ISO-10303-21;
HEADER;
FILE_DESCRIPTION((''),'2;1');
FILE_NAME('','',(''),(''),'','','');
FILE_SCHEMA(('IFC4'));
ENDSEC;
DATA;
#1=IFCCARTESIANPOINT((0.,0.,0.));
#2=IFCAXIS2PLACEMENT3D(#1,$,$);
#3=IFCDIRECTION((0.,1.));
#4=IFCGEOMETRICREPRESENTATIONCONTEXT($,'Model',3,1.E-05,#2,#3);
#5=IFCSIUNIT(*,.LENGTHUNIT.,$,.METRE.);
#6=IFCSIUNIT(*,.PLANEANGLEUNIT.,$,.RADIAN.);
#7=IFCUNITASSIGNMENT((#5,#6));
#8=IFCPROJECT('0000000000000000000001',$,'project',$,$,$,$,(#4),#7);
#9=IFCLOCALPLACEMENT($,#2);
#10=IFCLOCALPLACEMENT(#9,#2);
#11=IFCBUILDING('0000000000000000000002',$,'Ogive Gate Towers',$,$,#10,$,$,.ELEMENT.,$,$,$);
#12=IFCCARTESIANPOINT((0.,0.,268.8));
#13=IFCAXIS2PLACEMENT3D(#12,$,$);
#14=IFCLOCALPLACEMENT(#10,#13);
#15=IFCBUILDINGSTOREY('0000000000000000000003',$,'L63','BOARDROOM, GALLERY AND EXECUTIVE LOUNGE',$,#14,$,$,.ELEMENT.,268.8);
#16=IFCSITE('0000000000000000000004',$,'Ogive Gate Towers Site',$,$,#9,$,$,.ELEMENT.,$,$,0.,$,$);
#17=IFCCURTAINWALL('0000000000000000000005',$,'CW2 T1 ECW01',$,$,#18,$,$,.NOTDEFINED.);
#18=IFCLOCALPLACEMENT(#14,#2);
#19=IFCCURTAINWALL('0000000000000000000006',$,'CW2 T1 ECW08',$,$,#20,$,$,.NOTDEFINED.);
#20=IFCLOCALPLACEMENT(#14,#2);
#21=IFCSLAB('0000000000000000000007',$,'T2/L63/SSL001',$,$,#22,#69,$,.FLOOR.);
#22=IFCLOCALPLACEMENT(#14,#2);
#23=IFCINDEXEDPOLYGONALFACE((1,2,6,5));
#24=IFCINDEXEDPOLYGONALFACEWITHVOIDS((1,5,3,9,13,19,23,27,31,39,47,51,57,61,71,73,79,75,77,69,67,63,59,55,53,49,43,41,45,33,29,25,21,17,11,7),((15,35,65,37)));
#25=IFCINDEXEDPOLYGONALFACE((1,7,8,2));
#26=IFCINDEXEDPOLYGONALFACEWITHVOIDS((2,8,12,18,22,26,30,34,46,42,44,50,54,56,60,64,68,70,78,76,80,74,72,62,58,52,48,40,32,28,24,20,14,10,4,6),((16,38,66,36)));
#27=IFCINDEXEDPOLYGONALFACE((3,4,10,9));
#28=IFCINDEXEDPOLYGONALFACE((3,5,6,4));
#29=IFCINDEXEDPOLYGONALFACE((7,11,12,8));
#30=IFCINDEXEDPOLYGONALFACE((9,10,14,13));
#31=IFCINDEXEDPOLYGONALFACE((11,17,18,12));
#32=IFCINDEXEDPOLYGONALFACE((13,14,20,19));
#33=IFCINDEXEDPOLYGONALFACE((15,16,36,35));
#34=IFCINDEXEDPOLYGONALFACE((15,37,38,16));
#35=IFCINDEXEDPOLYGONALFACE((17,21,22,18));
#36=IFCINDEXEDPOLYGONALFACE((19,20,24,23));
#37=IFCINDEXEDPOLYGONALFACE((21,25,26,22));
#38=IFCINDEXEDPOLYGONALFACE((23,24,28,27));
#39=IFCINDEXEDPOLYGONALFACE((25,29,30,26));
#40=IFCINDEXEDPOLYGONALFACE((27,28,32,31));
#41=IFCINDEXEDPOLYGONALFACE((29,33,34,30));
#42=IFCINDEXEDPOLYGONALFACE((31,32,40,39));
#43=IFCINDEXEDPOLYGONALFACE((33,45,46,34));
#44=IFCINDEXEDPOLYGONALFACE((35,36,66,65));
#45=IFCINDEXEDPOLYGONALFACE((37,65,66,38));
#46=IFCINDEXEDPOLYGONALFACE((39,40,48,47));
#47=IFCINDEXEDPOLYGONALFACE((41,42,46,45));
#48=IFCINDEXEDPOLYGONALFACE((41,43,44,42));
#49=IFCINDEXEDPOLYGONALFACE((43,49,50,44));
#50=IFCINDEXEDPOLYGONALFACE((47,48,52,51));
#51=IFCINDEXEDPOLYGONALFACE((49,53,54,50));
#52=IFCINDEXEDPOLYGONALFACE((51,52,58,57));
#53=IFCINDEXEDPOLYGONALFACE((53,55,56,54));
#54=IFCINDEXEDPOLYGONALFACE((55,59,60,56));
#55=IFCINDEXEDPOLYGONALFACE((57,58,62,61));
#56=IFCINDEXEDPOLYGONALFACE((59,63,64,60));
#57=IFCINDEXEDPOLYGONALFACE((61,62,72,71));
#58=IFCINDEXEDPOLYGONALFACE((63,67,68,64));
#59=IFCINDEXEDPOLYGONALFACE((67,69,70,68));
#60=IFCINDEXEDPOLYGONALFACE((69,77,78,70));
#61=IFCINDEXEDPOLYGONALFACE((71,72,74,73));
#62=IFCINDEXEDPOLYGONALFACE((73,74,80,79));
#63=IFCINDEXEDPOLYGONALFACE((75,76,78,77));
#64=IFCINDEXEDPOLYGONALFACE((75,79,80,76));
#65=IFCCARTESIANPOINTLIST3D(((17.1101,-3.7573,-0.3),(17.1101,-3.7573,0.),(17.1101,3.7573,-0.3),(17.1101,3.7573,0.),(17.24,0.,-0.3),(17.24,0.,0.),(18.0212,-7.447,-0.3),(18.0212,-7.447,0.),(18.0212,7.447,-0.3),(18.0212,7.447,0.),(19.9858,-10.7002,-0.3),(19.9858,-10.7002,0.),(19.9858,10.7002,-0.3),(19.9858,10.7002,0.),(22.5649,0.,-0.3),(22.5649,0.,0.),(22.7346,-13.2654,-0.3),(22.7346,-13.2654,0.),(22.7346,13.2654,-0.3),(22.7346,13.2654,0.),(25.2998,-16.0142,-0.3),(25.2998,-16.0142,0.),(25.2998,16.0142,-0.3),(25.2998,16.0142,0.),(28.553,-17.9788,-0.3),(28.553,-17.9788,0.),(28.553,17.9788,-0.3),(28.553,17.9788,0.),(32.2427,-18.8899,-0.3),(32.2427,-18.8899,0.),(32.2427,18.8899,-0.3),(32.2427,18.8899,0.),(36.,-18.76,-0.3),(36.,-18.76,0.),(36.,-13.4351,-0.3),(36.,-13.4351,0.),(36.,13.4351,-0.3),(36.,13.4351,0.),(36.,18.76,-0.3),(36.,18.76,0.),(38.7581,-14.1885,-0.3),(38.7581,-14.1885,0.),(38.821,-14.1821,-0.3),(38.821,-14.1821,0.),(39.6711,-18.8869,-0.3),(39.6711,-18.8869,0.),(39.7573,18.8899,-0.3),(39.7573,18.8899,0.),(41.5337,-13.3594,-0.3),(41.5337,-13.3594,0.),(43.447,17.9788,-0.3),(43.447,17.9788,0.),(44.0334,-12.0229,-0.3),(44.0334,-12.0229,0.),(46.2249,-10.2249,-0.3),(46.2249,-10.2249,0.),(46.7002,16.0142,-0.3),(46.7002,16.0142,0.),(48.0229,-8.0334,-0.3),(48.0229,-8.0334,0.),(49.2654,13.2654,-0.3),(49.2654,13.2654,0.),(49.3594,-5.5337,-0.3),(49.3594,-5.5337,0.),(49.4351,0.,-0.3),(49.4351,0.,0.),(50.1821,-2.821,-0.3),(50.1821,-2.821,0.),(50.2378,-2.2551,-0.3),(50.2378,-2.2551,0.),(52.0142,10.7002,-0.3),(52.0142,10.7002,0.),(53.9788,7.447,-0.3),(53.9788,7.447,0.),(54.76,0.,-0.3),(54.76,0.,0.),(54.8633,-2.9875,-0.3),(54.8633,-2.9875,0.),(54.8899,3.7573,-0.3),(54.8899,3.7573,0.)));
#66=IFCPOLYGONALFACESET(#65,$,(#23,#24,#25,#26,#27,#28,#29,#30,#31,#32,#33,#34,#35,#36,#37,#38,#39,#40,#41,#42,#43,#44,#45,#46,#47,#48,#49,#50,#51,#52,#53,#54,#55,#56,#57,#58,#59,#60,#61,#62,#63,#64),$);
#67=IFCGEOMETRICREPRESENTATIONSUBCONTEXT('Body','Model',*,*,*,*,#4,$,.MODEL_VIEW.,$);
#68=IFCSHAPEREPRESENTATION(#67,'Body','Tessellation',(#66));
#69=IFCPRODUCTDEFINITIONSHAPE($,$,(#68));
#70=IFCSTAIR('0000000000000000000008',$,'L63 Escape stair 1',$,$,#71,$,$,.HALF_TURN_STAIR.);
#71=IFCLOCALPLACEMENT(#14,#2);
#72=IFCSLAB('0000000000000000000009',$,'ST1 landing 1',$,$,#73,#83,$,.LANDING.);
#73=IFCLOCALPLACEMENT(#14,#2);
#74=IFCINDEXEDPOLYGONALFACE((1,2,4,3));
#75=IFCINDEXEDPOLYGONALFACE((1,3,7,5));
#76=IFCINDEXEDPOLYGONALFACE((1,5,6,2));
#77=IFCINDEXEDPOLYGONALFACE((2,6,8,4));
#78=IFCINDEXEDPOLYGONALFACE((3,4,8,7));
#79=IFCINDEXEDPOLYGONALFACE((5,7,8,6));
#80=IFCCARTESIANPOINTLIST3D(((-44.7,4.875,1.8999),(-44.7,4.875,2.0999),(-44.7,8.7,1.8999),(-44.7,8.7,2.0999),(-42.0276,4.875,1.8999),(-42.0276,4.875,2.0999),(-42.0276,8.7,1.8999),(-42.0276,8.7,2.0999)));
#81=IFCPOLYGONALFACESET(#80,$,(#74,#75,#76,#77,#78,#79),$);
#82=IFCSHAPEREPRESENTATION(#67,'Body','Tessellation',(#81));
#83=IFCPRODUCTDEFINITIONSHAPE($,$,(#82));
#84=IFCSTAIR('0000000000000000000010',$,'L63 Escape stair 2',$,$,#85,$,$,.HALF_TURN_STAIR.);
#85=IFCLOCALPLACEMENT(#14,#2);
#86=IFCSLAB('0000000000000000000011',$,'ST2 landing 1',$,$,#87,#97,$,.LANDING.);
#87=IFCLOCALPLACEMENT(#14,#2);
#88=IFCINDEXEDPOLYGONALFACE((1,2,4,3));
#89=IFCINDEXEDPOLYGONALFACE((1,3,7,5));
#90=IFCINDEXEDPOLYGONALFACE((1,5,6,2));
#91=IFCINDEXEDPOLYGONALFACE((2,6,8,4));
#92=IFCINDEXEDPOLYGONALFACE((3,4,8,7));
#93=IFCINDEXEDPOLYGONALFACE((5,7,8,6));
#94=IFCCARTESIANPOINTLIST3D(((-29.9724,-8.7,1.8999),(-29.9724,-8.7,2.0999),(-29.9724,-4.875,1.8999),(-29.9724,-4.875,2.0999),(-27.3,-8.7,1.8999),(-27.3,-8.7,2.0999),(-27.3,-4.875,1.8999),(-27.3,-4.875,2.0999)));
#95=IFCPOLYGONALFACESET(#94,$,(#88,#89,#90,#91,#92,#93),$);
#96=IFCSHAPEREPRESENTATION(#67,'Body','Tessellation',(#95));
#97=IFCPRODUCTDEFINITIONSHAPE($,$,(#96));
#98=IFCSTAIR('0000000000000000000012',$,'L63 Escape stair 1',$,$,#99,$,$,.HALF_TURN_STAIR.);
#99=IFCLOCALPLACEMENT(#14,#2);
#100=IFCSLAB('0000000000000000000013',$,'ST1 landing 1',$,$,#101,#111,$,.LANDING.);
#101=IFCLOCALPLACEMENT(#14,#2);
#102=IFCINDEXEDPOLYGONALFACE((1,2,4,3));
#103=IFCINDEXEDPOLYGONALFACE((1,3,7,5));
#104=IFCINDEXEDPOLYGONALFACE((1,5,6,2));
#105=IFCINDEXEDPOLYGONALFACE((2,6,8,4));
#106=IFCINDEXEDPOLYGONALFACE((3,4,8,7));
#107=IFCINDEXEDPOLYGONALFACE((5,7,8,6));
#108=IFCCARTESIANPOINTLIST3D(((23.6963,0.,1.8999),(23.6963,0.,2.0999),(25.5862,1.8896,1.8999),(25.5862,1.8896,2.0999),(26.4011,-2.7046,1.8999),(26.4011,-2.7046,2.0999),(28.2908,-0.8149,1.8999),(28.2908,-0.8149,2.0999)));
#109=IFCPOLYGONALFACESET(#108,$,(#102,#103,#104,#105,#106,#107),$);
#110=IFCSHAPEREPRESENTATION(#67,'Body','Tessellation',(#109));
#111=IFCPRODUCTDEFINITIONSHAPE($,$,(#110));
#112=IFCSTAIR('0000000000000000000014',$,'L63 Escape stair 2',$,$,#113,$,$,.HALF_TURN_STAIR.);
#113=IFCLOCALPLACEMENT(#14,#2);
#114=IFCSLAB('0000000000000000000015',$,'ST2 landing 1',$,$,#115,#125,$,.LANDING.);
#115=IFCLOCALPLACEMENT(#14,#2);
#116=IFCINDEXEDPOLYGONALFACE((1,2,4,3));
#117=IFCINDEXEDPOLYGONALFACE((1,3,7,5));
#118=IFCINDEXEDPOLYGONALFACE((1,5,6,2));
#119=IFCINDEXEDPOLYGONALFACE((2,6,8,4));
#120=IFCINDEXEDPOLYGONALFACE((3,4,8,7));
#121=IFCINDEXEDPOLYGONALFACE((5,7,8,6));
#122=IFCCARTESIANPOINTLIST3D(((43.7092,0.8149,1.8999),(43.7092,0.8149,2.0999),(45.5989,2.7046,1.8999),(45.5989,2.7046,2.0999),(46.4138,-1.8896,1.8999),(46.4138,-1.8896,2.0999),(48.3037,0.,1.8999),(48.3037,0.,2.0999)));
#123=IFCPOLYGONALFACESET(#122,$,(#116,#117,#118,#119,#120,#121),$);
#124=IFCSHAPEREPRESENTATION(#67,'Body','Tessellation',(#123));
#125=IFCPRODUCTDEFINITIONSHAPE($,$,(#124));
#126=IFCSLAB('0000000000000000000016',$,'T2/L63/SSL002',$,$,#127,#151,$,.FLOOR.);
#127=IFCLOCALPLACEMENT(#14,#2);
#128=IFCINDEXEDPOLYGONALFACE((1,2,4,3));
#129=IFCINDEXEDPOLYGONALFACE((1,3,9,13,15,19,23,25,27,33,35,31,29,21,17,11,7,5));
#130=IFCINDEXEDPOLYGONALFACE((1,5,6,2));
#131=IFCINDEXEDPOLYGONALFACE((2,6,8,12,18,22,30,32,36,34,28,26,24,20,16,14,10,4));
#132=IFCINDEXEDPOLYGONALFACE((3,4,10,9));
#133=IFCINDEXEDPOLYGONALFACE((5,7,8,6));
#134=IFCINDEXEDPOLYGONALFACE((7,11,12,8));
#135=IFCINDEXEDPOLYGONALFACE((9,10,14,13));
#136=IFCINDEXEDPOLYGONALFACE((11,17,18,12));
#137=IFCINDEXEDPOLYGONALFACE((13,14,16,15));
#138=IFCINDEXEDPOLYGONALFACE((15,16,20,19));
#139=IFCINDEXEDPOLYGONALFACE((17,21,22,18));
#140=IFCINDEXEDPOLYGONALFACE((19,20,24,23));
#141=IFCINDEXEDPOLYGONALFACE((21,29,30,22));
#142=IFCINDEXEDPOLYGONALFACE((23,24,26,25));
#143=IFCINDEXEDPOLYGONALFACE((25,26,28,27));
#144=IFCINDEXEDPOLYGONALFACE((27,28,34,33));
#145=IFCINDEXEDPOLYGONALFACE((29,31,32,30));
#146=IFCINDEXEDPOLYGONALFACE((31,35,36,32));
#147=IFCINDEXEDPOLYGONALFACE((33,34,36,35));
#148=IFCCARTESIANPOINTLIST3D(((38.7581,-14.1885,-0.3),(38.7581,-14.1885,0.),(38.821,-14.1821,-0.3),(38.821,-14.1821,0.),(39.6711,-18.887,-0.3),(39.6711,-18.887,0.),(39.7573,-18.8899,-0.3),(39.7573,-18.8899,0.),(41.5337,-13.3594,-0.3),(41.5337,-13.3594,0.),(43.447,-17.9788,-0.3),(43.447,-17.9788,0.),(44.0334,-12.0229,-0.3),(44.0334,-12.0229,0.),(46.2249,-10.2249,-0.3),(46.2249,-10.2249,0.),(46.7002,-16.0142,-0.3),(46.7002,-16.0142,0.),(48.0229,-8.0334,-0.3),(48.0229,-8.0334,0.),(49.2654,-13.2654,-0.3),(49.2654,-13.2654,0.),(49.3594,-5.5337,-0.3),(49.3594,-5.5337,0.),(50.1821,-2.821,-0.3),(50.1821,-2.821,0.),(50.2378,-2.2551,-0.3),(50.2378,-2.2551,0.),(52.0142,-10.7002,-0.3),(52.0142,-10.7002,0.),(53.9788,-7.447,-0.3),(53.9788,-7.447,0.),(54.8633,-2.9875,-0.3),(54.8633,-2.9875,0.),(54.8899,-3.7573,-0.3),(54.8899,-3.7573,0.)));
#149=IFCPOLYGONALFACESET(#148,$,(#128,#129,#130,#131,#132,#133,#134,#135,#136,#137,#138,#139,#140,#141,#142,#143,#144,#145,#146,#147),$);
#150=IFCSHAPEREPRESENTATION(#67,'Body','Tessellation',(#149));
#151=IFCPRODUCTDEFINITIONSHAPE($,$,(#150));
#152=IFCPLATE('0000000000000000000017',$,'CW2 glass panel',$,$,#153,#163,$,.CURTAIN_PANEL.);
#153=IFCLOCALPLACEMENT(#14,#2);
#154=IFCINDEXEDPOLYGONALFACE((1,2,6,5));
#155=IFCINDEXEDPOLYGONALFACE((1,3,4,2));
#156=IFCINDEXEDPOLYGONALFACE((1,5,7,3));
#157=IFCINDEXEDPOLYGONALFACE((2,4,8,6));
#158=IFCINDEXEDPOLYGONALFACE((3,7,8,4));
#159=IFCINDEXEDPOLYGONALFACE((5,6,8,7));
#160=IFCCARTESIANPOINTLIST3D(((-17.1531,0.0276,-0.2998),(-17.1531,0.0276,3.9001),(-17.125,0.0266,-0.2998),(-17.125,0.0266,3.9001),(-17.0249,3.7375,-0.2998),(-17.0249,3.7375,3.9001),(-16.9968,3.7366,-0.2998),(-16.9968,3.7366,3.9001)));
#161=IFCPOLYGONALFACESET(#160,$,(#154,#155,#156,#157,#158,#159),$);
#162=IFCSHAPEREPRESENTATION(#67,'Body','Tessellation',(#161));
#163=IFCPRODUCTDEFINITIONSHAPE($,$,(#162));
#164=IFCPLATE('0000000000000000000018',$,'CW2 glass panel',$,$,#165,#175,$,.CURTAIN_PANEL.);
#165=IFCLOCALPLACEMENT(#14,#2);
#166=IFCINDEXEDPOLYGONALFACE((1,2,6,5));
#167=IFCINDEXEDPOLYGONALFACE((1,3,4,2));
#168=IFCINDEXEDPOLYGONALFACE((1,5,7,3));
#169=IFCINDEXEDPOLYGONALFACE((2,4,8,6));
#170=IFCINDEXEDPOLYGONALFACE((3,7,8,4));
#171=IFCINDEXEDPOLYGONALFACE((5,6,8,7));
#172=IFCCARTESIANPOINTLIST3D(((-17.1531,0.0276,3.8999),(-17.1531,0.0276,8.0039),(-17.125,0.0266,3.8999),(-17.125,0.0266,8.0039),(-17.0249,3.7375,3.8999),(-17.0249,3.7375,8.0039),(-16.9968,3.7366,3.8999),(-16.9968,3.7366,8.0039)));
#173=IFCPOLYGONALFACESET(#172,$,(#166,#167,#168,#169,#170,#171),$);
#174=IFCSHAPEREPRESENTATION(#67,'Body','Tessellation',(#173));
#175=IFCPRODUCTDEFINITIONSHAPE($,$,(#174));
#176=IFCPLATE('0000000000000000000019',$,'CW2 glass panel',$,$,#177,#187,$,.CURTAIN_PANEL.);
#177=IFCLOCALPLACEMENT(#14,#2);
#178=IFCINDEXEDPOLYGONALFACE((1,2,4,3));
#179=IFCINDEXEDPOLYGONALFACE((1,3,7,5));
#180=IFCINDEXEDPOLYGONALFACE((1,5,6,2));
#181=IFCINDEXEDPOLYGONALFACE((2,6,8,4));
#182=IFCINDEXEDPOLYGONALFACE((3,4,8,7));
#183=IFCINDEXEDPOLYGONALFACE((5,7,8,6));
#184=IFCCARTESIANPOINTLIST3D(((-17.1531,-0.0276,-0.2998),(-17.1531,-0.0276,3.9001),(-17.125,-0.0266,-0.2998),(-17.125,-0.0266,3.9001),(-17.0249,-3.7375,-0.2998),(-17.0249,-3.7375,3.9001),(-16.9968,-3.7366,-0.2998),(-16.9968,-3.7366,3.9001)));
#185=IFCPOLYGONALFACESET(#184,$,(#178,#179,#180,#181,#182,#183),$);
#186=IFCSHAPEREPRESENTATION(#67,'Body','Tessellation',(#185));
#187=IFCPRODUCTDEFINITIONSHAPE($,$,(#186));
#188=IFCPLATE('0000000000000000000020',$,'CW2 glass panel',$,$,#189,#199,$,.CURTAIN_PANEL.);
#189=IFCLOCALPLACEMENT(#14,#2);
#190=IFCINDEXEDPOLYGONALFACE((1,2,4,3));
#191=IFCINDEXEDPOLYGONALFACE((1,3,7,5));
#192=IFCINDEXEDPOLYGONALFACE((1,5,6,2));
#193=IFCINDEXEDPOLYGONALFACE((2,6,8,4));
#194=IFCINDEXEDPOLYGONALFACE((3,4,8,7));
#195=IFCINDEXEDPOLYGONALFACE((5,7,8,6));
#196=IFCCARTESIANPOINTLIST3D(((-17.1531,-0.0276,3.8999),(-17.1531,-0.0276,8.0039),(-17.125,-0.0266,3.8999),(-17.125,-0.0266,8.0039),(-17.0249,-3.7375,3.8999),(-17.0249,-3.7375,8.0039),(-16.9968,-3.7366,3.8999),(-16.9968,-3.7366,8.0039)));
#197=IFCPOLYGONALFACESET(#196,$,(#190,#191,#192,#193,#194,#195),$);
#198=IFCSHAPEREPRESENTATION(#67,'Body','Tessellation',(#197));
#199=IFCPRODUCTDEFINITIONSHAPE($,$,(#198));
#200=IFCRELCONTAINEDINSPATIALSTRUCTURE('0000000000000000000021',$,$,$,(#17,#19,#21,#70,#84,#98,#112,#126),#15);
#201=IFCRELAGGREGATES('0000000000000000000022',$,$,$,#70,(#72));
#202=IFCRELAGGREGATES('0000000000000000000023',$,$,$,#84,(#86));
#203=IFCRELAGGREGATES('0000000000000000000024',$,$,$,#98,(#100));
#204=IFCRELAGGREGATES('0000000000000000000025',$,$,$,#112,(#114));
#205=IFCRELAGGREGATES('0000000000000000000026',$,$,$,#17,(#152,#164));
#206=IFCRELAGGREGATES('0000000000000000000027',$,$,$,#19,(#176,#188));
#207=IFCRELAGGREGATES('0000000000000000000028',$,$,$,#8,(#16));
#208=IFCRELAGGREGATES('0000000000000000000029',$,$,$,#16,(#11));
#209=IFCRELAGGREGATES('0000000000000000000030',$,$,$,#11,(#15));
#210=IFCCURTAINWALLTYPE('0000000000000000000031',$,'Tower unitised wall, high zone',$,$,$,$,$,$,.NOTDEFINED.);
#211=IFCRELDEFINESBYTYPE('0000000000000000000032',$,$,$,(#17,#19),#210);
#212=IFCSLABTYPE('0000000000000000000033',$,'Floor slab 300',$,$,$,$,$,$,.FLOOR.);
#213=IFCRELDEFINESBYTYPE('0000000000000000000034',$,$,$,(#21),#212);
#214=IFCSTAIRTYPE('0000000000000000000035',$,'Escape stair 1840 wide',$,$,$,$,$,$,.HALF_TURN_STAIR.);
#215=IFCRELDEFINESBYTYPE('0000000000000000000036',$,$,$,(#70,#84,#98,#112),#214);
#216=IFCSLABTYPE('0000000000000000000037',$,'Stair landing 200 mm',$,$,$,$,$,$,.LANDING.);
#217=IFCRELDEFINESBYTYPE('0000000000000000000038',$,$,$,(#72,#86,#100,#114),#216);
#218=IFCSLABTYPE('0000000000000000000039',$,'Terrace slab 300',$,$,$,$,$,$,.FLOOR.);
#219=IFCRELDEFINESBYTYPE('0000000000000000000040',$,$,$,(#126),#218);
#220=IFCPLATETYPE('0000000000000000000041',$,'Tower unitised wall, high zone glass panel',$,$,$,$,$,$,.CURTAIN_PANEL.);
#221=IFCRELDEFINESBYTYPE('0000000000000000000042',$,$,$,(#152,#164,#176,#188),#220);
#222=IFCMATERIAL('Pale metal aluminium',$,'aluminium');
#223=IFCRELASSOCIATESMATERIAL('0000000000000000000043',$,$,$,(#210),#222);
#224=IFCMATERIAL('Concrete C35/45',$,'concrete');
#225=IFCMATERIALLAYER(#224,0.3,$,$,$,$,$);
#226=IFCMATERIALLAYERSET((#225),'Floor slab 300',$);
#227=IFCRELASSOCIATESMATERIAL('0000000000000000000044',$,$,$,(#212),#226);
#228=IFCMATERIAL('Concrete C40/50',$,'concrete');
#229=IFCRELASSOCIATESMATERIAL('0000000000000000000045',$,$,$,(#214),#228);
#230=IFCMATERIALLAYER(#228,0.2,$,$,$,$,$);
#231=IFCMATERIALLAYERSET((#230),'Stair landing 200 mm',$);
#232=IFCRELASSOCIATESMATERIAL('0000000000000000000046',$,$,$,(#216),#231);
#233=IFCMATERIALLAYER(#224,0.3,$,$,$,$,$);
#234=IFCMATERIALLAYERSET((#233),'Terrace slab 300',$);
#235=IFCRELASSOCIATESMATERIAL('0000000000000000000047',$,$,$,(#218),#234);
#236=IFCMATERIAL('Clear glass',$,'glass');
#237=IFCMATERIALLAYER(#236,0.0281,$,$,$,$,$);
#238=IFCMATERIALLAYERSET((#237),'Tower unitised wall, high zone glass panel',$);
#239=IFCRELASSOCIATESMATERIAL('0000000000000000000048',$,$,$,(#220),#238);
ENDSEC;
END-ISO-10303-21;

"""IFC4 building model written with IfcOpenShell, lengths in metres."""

from ifc_helpers import new_model, si_unit, direction, frame, origin, origin_2d, place, context, subcontext, project, spatial, polyline, rectangle, outline, extrude, material, layer, layer_set, type_object, element, aggregate, save


model = new_model("IFC4")

# Units and contexts
model_context = context("Model", 3, precision=1e-05, world=origin(), true_north=direction((0.0, 1.0)))
body_context = subcontext(model_context, "Body", "Model", "MODEL_VIEW")
ifc_project = project(units=[si_unit("LENGTHUNIT", "METRE"), si_unit("PLANEANGLEUNIT", "RADIAN")], contexts=[model_context])

# Site, building, storey
site_placement = place(None, origin())
site = spatial("IfcSite", under=ifc_project, at=site_placement, Name="Ogive Gate Towers Site", CompositionType="ELEMENT", RefElevation=0.0)
building_placement = place(site_placement, origin())
building = spatial("IfcBuilding", under=site, at=building_placement, Name="Ogive Gate Towers", CompositionType="ELEMENT")
storey_placement = place(building_placement, frame((0.0, 0.0, 268.8)))
storey = spatial("IfcBuildingStorey", under=building, at=storey_placement, Name="L63", Description="BOARDROOM, GALLERY AND EXECUTIVE LOUNGE", CompositionType="ELEMENT", Elevation=268.8)

# Curtain walls
ifc_material_1 = material(Name="Pale metal aluminium", Category="aluminium")
curtain_wall_type = type_object("IfcCurtainWallType", Name="Tower unitised wall, high zone", PredefinedType="NOTDEFINED", material=ifc_material_1)
curtain_wall_1_placement = place(storey_placement, origin())
curtain_wall_1 = element("IfcCurtainWall", 1, at=curtain_wall_1_placement, inside=storey, type_object=curtain_wall_type, Name="CW2 T1 ECW01", PredefinedType="NOTDEFINED")
curtain_wall_2_placement = place(storey_placement, origin())
curtain_wall_2 = element("IfcCurtainWall", 2, at=curtain_wall_2_placement, inside=storey, type_object=curtain_wall_type, Name="CW2 T1 ECW08", PredefinedType="NOTDEFINED")

# Slab
ifc_material_2 = material(Name="Concrete C40/50", Category="concrete")
ifc_material_3 = material(Name="Concrete C35/45", Category="concrete")
ifc_layer_1 = layer(ifc_material_3, 0.3)
ifc_layer_set_1 = layer_set([ifc_layer_1], Name="Floor slab 300")
slab_type_1 = type_object("IfcSlabType", Name="Floor slab 300", PredefinedType="FLOOR", material=ifc_layer_set_1)
slab_1_placement = place(storey_placement, frame((0.0, 0.0, -0.3)))
element("IfcSlab", 3, at=slab_1_placement, inside=storey, type_object=slab_type_1, Name="T2/L63/SSL001", PredefinedType="FLOOR", context=body_context, shape_type="SweptSolid", body=[
    extrude(outline(polyline([(32.2427, -18.8899), (36.0, -18.76), (39.7573, -18.8899), (39.6711, -18.887), (38.7581, -14.1885), (38.821, -14.1821), (41.5337, -13.3594), (44.0334, -12.0229), (46.2249, -10.2249), (48.0229, -8.0334), (49.3594, -5.5337), (50.1821, -2.821), (50.2378, -2.2551), (54.8633, -2.9875), (54.76, 0.0), (54.8899, 3.7573), (53.9788, 7.447), (52.0142, 10.7002), (49.2654, 13.2654), (46.7002, 16.0142), (43.447, 17.9788), (39.7573, 18.8899), (36.0, 18.76), (32.2427, 18.8899), (28.553, 17.9788), (25.2998, 16.0142), (22.7346, 13.2654), (19.9858, 10.7002), (18.0212, 7.447), (17.1101, 3.7573), (17.24, 0.0), (17.1101, -3.7573), (18.0212, -7.447), (19.9858, -10.7002), (22.7346, -13.2654), (25.2998, -16.0142), (28.553, -17.9788), (32.2427, -18.8899)]), holes=[polyline([(49.4351, 0.0), (36.0, -13.4351), (22.5649, 0.0), (36.0, 13.4351), (49.4351, 0.0)])]), origin(), (0.0, 0.0, 1.0), 0.3),
])

# Stairs, slabs
stair_type = type_object("IfcStairType", Name="Escape stair 1840 wide", PredefinedType="HALF_TURN_STAIR", material=ifc_material_2)
stair_1_placement = place(storey_placement, origin())
stair_1 = element("IfcStair", 4, at=stair_1_placement, inside=storey, type_object=stair_type, Name="L63 Escape stair 1", PredefinedType="HALF_TURN_STAIR")
ifc_layer_2 = layer(ifc_material_2, 0.2)
ifc_layer_set_2 = layer_set([ifc_layer_2], Name="Stair landing 200 mm")
slab_type_2 = type_object("IfcSlabType", Name="Stair landing 200 mm", PredefinedType="LANDING", material=ifc_layer_set_2)
slab_2_placement = place(storey_placement, frame((0.0, 0.0, 1.8999)))
slab_2 = element("IfcSlab", 5, at=slab_2_placement, type_object=slab_type_2, Name="ST1 landing 1", PredefinedType="LANDING", context=body_context, shape_type="SweptSolid", body=[
    extrude(outline(polyline([(-42.0276, 8.7), (-44.7, 8.7), (-44.7, 4.875), (-42.0276, 4.875), (-42.0276, 8.7)])), origin(), (0.0, 0.0, 1.0), 0.2),
])
aggregate(stair_1, [slab_2])
stair_2_placement = place(storey_placement, origin())
stair_2 = element("IfcStair", 6, at=stair_2_placement, inside=storey, type_object=stair_type, Name="L63 Escape stair 2", PredefinedType="HALF_TURN_STAIR")
slab_3_placement = place(storey_placement, frame((0.0, 0.0, 1.8999)))
slab_3 = element("IfcSlab", 7, at=slab_3_placement, type_object=slab_type_2, Name="ST2 landing 1", PredefinedType="LANDING", context=body_context, shape_type="SweptSolid", body=[
    extrude(outline(polyline([(-29.9724, -8.7), (-27.3, -8.7), (-27.3, -4.875), (-29.9724, -4.875), (-29.9724, -8.7)])), origin(), (0.0, 0.0, 1.0), 0.2),
])
aggregate(stair_2, [slab_3])
stair_3_placement = place(storey_placement, origin())
stair_3 = element("IfcStair", 8, at=stair_3_placement, inside=storey, type_object=stair_type, Name="L63 Escape stair 1", PredefinedType="HALF_TURN_STAIR")
slab_4_placement = place(storey_placement, frame((0.0, 0.0, 1.8999)))
slab_4 = element("IfcSlab", 9, at=slab_4_placement, type_object=slab_type_2, Name="ST1 landing 1", PredefinedType="LANDING", context=body_context, shape_type="SweptSolid", body=[
    extrude(outline(polyline([(25.5862, 1.8896), (23.6963, 0.0), (26.4011, -2.7046), (28.2908, -0.8149), (25.5862, 1.8896)])), origin(), (0.0, 0.0, 1.0), 0.2),
])
aggregate(stair_3, [slab_4])
stair_4_placement = place(storey_placement, origin())
stair_4 = element("IfcStair", 10, at=stair_4_placement, inside=storey, type_object=stair_type, Name="L63 Escape stair 2", PredefinedType="HALF_TURN_STAIR")
slab_5_placement = place(storey_placement, frame((0.0, 0.0, 1.8999)))
slab_5 = element("IfcSlab", 11, at=slab_5_placement, type_object=slab_type_2, Name="ST2 landing 1", PredefinedType="LANDING", context=body_context, shape_type="SweptSolid", body=[
    extrude(outline(polyline([(46.4138, -1.8896), (48.3037, 0.0), (45.5989, 2.7046), (43.7092, 0.8149), (46.4138, -1.8896)])), origin(), (0.0, 0.0, 1.0), 0.2),
])
aggregate(stair_4, [slab_5])

# Slab
ifc_layer_3 = layer(ifc_material_3, 0.3)
ifc_layer_set_3 = layer_set([ifc_layer_3], Name="Terrace slab 300")
slab_type_3 = type_object("IfcSlabType", Name="Terrace slab 300", PredefinedType="FLOOR", material=ifc_layer_set_3)
slab_6_placement = place(storey_placement, frame((0.0, 0.0, -0.3)))
element("IfcSlab", 12, at=slab_6_placement, inside=storey, type_object=slab_type_3, Name="T2/L63/SSL002", PredefinedType="FLOOR", context=body_context, shape_type="SweptSolid", body=[
    extrude(outline(polyline([(38.7581, -14.1885), (39.6711, -18.887), (39.7573, -18.8899), (43.447, -17.9788), (46.7002, -16.0142), (49.2654, -13.2654), (52.0142, -10.7002), (53.9788, -7.447), (54.8899, -3.7573), (54.8633, -2.9875), (50.2378, -2.2551), (50.1821, -2.821), (49.3594, -5.5337), (48.0229, -8.0334), (46.2249, -10.2249), (44.0334, -12.0229), (41.5337, -13.3594), (38.821, -14.1821), (38.7581, -14.1885)])), origin(), (0.0, 0.0, 1.0), 0.3),
])

# Plates
ifc_material_4 = material(Name="Clear glass", Category="glass")
ifc_layer_4 = layer(ifc_material_4, 0.0281)
ifc_layer_set_4 = layer_set([ifc_layer_4], Name="Tower unitised wall, high zone glass panel")
plate_type = type_object("IfcPlateType", Name="Tower unitised wall, high zone glass panel", PredefinedType="CURTAIN_PANEL", material=ifc_layer_set_4)
plate_1_placement = place(storey_placement, frame((-17.075, 1.8821, -0.2998), z_axis=(0.0, 0.0, 1.0), x_axis=(0.034533, 0.999404, 0.0)))
plate_1 = element("IfcPlate", 13, at=plate_1_placement, type_object=plate_type, Name="CW2 glass panel", PredefinedType="CURTAIN_PANEL", context=body_context, shape_type="SweptSolid", body=[
    extrude(rectangle(XDim=3.7122, YDim=0.0281, at=origin_2d()), origin(), (0.0, 0.0, 1.0), 4.2),
])
plate_2_placement = place(storey_placement, frame((-17.075, 1.8821, 3.8999), z_axis=(0.0, 0.0, 1.0), x_axis=(0.034533, 0.999404, 0.0)))
plate_2 = element("IfcPlate", 14, at=plate_2_placement, type_object=plate_type, Name="CW2 glass panel", PredefinedType="CURTAIN_PANEL", context=body_context, shape_type="SweptSolid", body=[
    extrude(rectangle(XDim=3.7122, YDim=0.0281, at=origin_2d()), origin(), (0.0, 0.0, 1.0), 4.104),
])
aggregate(curtain_wall_1, [plate_1, plate_2])
plate_3_placement = place(storey_placement, frame((-17.075, -1.8821, -0.2998), z_axis=(0.0, 0.0, 1.0), x_axis=(-0.034533, 0.999404, 0.0)))
plate_3 = element("IfcPlate", 15, at=plate_3_placement, type_object=plate_type, Name="CW2 glass panel", PredefinedType="CURTAIN_PANEL", context=body_context, shape_type="SweptSolid", body=[
    extrude(rectangle(XDim=3.7122, YDim=0.0281, at=origin_2d()), origin(), (0.0, 0.0, 1.0), 4.2),
])
plate_4_placement = place(storey_placement, frame((-17.075, -1.8821, 3.8999), z_axis=(0.0, 0.0, 1.0), x_axis=(-0.034533, 0.999404, 0.0)))
plate_4 = element("IfcPlate", 16, at=plate_4_placement, type_object=plate_type, Name="CW2 glass panel", PredefinedType="CURTAIN_PANEL", context=body_context, shape_type="SweptSolid", body=[
    extrude(rectangle(XDim=3.7122, YDim=0.0281, at=origin_2d()), origin(), (0.0, 0.0, 1.0), 4.104),
])
aggregate(curtain_wall_2, [plate_3, plate_4])

save(model, "model.ifc")
